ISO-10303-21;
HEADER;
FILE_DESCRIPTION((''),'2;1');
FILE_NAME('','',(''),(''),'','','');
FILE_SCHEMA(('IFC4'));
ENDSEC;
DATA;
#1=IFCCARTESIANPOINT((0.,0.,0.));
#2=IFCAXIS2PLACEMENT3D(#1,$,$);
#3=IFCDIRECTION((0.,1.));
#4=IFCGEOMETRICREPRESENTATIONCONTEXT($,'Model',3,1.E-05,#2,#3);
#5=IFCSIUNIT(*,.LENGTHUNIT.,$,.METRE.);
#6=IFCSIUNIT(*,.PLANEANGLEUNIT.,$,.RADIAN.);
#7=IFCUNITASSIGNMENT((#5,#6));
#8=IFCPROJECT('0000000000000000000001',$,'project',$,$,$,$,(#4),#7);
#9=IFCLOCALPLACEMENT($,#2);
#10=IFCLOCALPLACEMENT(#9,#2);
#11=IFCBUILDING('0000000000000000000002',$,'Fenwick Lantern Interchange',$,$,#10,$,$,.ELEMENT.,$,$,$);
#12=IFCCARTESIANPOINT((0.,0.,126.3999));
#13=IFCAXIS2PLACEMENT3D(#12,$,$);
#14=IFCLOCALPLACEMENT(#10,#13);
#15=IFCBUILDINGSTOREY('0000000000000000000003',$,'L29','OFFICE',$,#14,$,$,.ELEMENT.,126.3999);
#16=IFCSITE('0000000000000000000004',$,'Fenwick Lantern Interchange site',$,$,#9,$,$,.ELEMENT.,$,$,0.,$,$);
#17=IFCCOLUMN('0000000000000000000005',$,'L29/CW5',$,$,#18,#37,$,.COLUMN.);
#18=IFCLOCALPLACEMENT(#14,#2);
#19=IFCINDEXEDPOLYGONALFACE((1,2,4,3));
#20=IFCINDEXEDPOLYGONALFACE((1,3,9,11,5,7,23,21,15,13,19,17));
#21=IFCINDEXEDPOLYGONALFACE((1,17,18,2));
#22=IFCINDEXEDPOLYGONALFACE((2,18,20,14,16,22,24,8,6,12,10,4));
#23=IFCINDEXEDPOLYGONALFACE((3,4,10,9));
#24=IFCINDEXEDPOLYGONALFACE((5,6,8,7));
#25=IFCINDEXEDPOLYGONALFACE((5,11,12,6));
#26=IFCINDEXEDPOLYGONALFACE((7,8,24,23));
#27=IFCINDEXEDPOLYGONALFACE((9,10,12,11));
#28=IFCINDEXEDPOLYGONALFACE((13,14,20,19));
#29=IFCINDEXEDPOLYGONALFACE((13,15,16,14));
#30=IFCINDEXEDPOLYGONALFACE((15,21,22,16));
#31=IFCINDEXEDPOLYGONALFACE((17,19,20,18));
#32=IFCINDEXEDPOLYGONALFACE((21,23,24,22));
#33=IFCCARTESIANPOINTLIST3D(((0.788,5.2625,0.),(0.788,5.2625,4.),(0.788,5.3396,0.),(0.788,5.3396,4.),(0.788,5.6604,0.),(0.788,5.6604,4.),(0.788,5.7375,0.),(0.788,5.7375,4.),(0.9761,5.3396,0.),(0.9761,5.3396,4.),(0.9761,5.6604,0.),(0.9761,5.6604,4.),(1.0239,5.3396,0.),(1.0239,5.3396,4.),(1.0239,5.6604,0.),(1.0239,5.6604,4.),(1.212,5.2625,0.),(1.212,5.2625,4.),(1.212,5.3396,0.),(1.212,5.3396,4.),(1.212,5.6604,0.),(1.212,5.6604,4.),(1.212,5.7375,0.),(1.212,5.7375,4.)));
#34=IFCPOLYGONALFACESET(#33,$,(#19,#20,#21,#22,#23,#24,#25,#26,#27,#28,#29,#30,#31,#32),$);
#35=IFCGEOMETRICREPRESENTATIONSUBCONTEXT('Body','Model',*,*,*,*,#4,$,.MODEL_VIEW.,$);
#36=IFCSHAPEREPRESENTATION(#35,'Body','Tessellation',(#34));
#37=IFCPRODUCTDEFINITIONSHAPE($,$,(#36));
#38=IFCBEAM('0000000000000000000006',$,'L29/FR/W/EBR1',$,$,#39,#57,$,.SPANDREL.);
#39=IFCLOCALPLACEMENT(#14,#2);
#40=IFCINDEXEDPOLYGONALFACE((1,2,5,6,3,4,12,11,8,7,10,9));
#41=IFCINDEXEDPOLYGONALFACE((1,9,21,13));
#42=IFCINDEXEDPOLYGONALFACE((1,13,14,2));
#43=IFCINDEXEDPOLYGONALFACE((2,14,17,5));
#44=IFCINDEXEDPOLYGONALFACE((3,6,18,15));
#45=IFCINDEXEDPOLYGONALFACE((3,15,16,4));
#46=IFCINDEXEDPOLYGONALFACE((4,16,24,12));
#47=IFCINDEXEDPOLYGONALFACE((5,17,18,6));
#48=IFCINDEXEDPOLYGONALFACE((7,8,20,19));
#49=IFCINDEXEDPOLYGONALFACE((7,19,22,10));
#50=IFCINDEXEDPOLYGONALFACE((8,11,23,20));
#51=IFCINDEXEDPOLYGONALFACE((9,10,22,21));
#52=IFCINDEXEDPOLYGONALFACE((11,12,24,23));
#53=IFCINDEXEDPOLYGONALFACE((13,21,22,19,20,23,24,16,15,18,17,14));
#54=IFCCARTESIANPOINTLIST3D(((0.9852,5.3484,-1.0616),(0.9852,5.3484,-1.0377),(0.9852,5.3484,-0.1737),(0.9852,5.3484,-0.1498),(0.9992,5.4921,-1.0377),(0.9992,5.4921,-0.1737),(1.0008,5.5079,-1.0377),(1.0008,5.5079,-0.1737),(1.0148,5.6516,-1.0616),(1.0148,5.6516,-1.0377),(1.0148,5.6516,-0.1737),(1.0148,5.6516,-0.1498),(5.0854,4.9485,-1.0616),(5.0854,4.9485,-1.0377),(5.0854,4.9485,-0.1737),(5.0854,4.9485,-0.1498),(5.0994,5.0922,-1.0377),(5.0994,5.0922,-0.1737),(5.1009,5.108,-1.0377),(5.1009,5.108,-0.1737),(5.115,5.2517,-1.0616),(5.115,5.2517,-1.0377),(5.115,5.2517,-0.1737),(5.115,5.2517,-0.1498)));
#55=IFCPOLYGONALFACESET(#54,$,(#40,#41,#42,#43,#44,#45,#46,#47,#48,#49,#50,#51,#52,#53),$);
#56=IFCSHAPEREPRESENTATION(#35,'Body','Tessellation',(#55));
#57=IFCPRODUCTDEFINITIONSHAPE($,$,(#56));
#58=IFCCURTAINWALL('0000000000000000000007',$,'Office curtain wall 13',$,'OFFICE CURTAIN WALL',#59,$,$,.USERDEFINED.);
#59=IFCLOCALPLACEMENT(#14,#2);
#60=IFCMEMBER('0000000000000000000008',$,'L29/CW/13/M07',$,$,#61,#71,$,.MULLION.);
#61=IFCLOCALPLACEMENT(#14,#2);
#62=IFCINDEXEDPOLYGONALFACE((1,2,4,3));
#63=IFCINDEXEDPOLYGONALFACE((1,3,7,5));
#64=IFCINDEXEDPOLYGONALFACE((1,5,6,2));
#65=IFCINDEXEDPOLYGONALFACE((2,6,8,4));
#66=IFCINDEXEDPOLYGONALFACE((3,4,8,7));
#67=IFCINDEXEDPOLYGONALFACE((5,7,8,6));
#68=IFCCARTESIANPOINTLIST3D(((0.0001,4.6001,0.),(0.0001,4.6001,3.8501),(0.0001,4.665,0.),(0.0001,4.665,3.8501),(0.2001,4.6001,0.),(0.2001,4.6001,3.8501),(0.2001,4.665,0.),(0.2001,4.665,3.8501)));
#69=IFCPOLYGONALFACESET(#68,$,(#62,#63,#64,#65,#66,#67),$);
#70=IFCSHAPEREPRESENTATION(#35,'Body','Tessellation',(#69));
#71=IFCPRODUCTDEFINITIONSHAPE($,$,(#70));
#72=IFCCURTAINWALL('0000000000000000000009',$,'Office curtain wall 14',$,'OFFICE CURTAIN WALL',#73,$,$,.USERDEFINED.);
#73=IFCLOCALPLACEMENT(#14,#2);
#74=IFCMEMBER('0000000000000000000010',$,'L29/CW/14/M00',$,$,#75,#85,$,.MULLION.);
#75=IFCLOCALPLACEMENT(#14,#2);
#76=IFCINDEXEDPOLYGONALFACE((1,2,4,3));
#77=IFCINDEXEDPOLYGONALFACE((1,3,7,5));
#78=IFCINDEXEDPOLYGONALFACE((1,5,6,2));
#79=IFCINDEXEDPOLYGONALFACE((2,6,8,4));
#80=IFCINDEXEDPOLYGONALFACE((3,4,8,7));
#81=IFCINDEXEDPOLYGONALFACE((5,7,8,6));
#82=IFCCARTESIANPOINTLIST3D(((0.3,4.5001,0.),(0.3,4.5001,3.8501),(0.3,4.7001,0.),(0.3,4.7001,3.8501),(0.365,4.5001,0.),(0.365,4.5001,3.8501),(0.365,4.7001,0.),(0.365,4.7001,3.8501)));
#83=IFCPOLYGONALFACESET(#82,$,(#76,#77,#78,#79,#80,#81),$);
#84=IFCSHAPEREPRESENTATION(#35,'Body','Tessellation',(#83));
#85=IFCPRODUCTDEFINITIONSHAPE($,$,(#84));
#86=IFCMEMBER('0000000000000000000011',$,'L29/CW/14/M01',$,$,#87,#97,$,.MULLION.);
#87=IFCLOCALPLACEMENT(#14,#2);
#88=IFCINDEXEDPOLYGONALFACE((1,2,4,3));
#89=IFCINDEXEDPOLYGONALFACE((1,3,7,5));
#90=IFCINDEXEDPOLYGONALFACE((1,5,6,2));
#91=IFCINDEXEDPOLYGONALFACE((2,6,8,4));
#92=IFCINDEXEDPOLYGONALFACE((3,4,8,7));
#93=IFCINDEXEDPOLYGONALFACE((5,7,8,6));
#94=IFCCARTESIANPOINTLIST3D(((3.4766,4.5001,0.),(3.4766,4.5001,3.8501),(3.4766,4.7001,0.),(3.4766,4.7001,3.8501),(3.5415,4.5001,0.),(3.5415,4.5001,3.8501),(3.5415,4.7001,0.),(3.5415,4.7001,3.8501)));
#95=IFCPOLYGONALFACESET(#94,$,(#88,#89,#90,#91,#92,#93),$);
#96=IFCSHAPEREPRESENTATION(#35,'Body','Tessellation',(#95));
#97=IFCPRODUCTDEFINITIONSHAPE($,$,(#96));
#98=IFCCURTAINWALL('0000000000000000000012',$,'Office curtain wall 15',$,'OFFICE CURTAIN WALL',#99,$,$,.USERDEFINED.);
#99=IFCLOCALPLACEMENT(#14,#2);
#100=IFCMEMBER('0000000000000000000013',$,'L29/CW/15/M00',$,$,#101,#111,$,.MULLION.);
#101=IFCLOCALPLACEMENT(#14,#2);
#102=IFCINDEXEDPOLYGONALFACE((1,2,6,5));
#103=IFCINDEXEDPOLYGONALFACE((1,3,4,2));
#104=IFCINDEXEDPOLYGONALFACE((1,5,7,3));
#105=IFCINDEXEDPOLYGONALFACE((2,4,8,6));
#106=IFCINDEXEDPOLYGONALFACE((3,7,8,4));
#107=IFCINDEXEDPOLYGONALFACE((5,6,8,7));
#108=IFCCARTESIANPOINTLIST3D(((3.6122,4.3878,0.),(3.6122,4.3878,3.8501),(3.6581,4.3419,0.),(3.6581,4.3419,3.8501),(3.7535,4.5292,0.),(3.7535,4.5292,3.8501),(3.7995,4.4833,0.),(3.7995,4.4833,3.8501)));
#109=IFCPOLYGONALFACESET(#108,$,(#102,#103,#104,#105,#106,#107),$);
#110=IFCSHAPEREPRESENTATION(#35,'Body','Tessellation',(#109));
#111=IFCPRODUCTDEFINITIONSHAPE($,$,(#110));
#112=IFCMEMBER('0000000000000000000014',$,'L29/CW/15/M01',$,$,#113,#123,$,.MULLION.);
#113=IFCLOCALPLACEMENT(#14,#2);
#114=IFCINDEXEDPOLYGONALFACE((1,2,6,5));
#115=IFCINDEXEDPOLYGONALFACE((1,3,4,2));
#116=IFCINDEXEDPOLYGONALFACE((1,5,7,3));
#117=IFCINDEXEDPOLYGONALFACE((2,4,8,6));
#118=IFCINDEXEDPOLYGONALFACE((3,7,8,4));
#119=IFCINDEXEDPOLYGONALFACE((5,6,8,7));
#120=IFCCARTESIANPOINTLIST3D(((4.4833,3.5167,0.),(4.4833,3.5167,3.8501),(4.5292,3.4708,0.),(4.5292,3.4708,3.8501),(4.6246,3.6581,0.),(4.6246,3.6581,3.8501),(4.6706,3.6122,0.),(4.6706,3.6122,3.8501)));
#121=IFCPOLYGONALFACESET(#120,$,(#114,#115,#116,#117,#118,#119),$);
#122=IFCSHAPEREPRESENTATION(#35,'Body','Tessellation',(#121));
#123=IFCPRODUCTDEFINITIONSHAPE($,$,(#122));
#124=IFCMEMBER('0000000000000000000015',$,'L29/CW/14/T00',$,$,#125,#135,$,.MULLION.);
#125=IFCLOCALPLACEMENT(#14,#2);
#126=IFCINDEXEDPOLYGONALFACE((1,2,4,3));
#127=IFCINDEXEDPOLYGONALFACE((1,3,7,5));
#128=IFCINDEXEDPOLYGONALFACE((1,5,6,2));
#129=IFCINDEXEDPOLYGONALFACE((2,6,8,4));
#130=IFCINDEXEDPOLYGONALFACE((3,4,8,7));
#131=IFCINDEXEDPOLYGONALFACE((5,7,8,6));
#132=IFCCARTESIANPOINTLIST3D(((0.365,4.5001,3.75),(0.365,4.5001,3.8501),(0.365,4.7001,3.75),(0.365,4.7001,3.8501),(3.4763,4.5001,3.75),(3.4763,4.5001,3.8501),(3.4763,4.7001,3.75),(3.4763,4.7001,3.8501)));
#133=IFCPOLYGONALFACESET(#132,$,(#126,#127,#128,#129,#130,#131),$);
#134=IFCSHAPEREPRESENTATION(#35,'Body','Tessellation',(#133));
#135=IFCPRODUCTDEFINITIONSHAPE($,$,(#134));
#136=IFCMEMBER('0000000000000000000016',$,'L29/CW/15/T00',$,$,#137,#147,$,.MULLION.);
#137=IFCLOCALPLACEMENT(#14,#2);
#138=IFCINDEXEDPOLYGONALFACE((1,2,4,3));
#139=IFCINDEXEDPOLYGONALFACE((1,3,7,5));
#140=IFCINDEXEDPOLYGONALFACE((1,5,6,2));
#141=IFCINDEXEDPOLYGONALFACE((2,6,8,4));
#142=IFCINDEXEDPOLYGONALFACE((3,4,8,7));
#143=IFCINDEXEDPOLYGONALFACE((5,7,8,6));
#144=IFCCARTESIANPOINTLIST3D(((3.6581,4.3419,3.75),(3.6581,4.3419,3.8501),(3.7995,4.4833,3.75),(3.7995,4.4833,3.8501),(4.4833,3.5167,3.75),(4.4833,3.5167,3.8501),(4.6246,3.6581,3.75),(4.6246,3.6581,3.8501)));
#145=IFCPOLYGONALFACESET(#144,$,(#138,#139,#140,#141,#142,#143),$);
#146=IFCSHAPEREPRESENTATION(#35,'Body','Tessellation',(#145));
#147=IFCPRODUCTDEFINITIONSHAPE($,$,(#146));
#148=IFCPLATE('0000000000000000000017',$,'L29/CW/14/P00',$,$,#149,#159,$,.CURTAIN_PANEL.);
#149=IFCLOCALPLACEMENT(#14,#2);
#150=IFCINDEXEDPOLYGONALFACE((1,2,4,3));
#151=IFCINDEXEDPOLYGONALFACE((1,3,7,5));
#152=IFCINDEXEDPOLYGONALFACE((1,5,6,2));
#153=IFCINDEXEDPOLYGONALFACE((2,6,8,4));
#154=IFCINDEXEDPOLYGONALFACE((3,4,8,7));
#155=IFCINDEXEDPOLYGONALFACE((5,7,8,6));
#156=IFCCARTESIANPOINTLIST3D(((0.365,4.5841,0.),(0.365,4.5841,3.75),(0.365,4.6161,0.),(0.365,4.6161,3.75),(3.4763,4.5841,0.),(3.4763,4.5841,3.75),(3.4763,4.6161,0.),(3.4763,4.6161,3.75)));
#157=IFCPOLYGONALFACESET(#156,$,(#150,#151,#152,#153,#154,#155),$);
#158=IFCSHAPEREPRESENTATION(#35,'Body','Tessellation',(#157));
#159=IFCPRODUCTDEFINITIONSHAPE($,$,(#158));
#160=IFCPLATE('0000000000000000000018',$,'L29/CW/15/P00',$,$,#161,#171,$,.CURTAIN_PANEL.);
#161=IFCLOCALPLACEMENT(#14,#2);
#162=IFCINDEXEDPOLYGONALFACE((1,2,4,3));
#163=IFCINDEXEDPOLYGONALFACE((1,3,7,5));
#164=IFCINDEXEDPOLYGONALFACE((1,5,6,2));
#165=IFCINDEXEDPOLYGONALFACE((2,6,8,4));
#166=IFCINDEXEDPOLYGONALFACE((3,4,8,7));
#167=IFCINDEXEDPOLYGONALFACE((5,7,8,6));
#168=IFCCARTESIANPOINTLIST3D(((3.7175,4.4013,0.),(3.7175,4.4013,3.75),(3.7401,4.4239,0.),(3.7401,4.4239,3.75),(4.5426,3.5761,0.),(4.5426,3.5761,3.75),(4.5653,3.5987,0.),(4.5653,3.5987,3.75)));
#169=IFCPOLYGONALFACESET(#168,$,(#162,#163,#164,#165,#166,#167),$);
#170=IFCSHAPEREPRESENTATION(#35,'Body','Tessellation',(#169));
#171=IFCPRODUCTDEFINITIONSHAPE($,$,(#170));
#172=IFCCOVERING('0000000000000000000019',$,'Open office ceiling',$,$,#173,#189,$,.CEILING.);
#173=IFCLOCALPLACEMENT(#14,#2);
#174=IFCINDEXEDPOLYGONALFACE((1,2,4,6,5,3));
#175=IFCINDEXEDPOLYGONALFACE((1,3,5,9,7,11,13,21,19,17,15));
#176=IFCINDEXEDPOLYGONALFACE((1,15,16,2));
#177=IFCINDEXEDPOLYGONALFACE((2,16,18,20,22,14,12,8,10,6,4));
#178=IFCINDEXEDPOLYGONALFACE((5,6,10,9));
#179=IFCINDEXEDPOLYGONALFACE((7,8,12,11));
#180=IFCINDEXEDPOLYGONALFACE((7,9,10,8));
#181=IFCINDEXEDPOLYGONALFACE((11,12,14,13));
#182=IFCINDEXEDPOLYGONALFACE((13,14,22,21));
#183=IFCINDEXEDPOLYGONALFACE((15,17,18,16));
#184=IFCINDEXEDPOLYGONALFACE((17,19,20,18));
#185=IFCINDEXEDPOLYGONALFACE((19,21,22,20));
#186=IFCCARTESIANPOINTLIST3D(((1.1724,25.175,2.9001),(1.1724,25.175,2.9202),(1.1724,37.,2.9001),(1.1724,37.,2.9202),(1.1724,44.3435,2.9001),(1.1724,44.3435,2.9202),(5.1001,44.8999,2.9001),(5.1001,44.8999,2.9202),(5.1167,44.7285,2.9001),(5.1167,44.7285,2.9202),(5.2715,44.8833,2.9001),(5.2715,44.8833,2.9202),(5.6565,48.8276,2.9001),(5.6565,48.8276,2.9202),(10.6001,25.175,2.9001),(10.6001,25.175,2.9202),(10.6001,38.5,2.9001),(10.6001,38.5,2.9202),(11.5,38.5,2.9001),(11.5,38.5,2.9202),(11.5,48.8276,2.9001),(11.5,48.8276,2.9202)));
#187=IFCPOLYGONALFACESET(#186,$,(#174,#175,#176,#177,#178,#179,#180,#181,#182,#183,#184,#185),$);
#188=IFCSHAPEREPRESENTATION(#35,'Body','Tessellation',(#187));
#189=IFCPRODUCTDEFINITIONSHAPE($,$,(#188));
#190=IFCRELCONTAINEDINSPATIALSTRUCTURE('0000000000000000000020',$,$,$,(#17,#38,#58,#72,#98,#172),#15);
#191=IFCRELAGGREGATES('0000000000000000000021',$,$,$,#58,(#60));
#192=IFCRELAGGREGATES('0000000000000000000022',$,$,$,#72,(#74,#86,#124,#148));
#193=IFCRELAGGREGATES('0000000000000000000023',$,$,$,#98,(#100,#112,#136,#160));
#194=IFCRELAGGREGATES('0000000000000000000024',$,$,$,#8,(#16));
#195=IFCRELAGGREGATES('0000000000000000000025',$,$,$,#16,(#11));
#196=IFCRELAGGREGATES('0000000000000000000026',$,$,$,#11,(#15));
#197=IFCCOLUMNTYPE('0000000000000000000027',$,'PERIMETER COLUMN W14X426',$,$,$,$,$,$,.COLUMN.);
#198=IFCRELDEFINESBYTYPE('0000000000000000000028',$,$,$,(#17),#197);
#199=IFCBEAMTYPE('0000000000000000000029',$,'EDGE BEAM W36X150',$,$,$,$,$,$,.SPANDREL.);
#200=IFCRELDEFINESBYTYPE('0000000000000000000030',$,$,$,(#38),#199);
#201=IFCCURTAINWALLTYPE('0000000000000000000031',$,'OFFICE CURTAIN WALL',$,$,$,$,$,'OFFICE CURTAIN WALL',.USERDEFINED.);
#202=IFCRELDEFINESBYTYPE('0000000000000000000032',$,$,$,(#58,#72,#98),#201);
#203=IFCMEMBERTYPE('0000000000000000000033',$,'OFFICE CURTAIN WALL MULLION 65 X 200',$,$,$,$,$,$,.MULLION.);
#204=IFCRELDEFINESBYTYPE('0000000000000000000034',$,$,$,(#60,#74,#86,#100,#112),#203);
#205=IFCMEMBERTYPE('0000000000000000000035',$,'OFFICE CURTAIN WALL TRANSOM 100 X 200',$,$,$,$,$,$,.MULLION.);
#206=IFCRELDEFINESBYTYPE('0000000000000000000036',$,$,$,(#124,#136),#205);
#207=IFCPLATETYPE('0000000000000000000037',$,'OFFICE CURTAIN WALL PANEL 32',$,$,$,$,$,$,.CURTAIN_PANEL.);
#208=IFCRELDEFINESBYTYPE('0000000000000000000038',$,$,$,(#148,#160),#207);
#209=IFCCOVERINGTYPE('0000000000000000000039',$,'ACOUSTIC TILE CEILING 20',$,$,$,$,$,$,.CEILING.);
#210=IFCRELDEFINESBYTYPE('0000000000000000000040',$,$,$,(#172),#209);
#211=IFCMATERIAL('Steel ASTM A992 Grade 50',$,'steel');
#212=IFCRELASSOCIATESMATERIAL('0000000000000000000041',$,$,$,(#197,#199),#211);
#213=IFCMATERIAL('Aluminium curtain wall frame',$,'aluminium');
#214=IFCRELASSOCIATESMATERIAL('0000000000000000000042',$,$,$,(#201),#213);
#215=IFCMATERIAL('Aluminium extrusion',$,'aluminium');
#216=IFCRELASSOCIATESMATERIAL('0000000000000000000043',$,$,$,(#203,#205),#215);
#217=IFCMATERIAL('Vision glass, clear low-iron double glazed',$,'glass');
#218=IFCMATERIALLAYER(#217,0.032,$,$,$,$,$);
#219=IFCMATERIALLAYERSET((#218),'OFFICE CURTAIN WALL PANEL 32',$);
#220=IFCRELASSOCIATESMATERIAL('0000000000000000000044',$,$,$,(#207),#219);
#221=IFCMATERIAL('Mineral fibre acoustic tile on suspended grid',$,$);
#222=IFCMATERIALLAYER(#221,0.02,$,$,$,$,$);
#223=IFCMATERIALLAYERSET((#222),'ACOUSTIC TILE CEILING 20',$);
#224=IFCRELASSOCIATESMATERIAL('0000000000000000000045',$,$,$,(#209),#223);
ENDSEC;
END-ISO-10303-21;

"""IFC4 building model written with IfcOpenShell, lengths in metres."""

from ifc_helpers import new_model, si_unit, direction, frame, origin, origin_2d, place, context, subcontext, project, spatial, polyline, rectangle, i_section, outline, extrude, material, layer, layer_set, material_profile, profile_set, type_object, element, aggregate, save


model = new_model("IFC4")

# Units and contexts
model_context = context("Model", 3, precision=1e-05, world=origin(), true_north=direction((0.0, 1.0)))
body_context = subcontext(model_context, "Body", "Model", "MODEL_VIEW")
ifc_project = project(units=[si_unit("LENGTHUNIT", "METRE"), si_unit("PLANEANGLEUNIT", "RADIAN")], contexts=[model_context])

# Site, building, storey
site_placement = place(None, origin())
site = spatial("IfcSite", under=ifc_project, at=site_placement, Name="Fenwick Lantern Interchange site", CompositionType="ELEMENT", RefElevation=0.0)
building_placement = place(site_placement, origin())
building = spatial("IfcBuilding", under=site, at=building_placement, Name="Fenwick Lantern Interchange", CompositionType="ELEMENT")
storey_placement = place(building_placement, frame((0.0, 0.0, 126.3999)))
storey = spatial("IfcBuildingStorey", under=building, at=storey_placement, Name="L29", Description="OFFICE", CompositionType="ELEMENT", Elevation=126.3999)

# Column
ifc_material_1 = material(Name="Steel ASTM A992 Grade 50", Category="steel")
ifc_material_profile_1 = material_profile(ifc_material_1, i_section(OverallWidth=0.4241, OverallDepth=0.4751, WebThickness=0.0479, FlangeThickness=0.0771, at=origin_2d()), Name="W14X426")
ifc_profile_set_1 = profile_set([ifc_material_profile_1], Name="Steel ASTM A992 Grade 50")
column_type = type_object("IfcColumnType", Name="PERIMETER COLUMN W14X426", PredefinedType="COLUMN", material=ifc_profile_set_1)
column_placement = place(storey_placement, frame((1.0, 5.5, 0.0), z_axis=(0.0, 0.0, 1.0), x_axis=(1.0, 0.0, 0.0)))
element("IfcColumn", 1, at=column_placement, inside=storey, type_object=column_type, Name="L29/CW5", PredefinedType="COLUMN", context=body_context, shape_type="SweptSolid", body=[
    extrude(i_section(OverallWidth=0.4241, OverallDepth=0.4751, WebThickness=0.0479, FlangeThickness=0.0771, at=origin_2d()), origin(), (0.0, 0.0, 1.0), 4.0),
])

# Beam
ifc_material_profile_2 = material_profile(ifc_material_1, i_section(OverallWidth=0.3047, OverallDepth=0.9119, WebThickness=0.0159, FlangeThickness=0.0239, at=origin_2d()), Name="W36X150")
ifc_profile_set_2 = profile_set([ifc_material_profile_2], Name="Steel ASTM A992 Grade 50")
beam_type = type_object("IfcBeamType", Name="EDGE BEAM W36X150", PredefinedType="SPANDREL", material=ifc_profile_set_2)
beam_placement = place(storey_placement, frame((1.0, 5.5, -0.6057), z_axis=(0.995277, -0.097074, 0.0), x_axis=(0.097074, 0.995277, 0.0)))
element("IfcBeam", 2, at=beam_placement, inside=storey, type_object=beam_type, Name="L29/FR/W/EBR1", PredefinedType="SPANDREL", context=body_context, shape_type="SweptSolid", body=[
    extrude(i_section(OverallWidth=0.3047, OverallDepth=0.9119, WebThickness=0.0159, FlangeThickness=0.0239, at=origin_2d()), origin(), (0.0, 0.0, 1.0), 4.1196),
])

# Curtain wall, member
ifc_material_2 = material(Name="Aluminium curtain wall frame", Category="aluminium")
curtain_wall_type = type_object("IfcCurtainWallType", Name="OFFICE CURTAIN WALL", ElementType="OFFICE CURTAIN WALL", PredefinedType="USERDEFINED", material=ifc_material_2)
curtain_wall_1_placement = place(storey_placement, origin())
curtain_wall_1 = element("IfcCurtainWall", 3, at=curtain_wall_1_placement, inside=storey, type_object=curtain_wall_type, Name="Office curtain wall 13", ObjectType="OFFICE CURTAIN WALL", PredefinedType="USERDEFINED")
ifc_material_3 = material(Name="Aluminium extrusion", Category="aluminium")
ifc_material_profile_3 = material_profile(ifc_material_3, rectangle(XDim=0.2, YDim=0.0649, at=origin_2d()), Name="OFFICE CURTAIN WALL MULLION 65 X 200")
ifc_profile_set_3 = profile_set([ifc_material_profile_3], Name="Aluminium extrusion")
member_type_1 = type_object("IfcMemberType", Name="OFFICE CURTAIN WALL MULLION 65 X 200", PredefinedType="MULLION", material=ifc_profile_set_3)
member_1_placement = place(storey_placement, frame((0.1001, 4.6326, 0.0), z_axis=(0.0, 0.0, 1.0), x_axis=(1.0, 0.0, 0.0)))
member_1 = element("IfcMember", 4, at=member_1_placement, type_object=member_type_1, Name="L29/CW/13/M07", PredefinedType="MULLION", context=body_context, shape_type="SweptSolid", body=[
    extrude(rectangle(XDim=0.2, YDim=0.0649, at=origin_2d()), origin(), (0.0, 0.0, 1.0), 3.8501),
])
aggregate(curtain_wall_1, [member_1])

# Curtain walls, members
curtain_wall_2_placement = place(storey_placement, origin())
curtain_wall_2 = element("IfcCurtainWall", 5, at=curtain_wall_2_placement, inside=storey, type_object=curtain_wall_type, Name="Office curtain wall 14", ObjectType="OFFICE CURTAIN WALL", PredefinedType="USERDEFINED")
member_2_placement = place(storey_placement, frame((0.3325, 4.6001, 0.0), z_axis=(0.0, 0.0, 1.0), x_axis=(0.0, 1.0, 0.0)))
member_2 = element("IfcMember", 6, at=member_2_placement, type_object=member_type_1, Name="L29/CW/14/M00", PredefinedType="MULLION", context=body_context, shape_type="SweptSolid", body=[
    extrude(rectangle(XDim=0.2, YDim=0.0649, at=origin_2d()), origin(), (0.0, 0.0, 1.0), 3.8501),
])
member_3_placement = place(storey_placement, frame((3.509, 4.6001, 0.0), z_axis=(0.0, 0.0, 1.0), x_axis=(0.0, 1.0, 0.0)))
member_3 = element("IfcMember", 7, at=member_3_placement, type_object=member_type_1, Name="L29/CW/14/M01", PredefinedType="MULLION", context=body_context, shape_type="SweptSolid", body=[
    extrude(rectangle(XDim=0.2, YDim=0.0649, at=origin_2d()), origin(), (0.0, 0.0, 1.0), 3.8501),
])
curtain_wall_3_placement = place(storey_placement, origin())
curtain_wall_3 = element("IfcCurtainWall", 8, at=curtain_wall_3_placement, inside=storey, type_object=curtain_wall_type, Name="Office curtain wall 15", ObjectType="OFFICE CURTAIN WALL", PredefinedType="USERDEFINED")
member_4_placement = place(storey_placement, frame((3.7058, 4.4355, 0.0), z_axis=(0.0, 0.0, 1.0), x_axis=(0.707107, 0.707107, 0.0)))
member_4 = element("IfcMember", 9, at=member_4_placement, type_object=member_type_1, Name="L29/CW/15/M00", PredefinedType="MULLION", context=body_context, shape_type="SweptSolid", body=[
    extrude(rectangle(XDim=0.2, YDim=0.0649, at=origin_2d()), origin(), (0.0, 0.0, 1.0), 3.8501),
])
member_5_placement = place(storey_placement, frame((4.5769, 3.5645, 0.0), z_axis=(0.0, 0.0, 1.0), x_axis=(0.707107, 0.707107, 0.0)))
member_5 = element("IfcMember", 10, at=member_5_placement, type_object=member_type_1, Name="L29/CW/15/M01", PredefinedType="MULLION", context=body_context, shape_type="SweptSolid", body=[
    extrude(rectangle(XDim=0.2, YDim=0.0649, at=origin_2d()), origin(), (0.0, 0.0, 1.0), 3.8501),
])

# Members
ifc_material_profile_4 = material_profile(ifc_material_3, rectangle(XDim=0.2, YDim=0.1001, at=origin_2d()), Name="OFFICE CURTAIN WALL TRANSOM 100 X 200")
ifc_profile_set_4 = profile_set([ifc_material_profile_4], Name="Aluminium extrusion")
member_type_2 = type_object("IfcMemberType", Name="OFFICE CURTAIN WALL TRANSOM 100 X 200", PredefinedType="MULLION", material=ifc_profile_set_4)
member_6_placement = place(storey_placement, frame((0.365, 4.6001, 3.8), z_axis=(1.0, 0.0, 0.0), x_axis=(0.0, 1.0, 0.0)))
member_6 = element("IfcMember", 11, at=member_6_placement, type_object=member_type_2, Name="L29/CW/14/T00", PredefinedType="MULLION", context=body_context, shape_type="SweptSolid", body=[
    extrude(rectangle(XDim=0.2, YDim=0.1001, at=origin_2d()), origin(), (0.0, 0.0, 1.0), 3.1113),
])
member_7_placement = place(storey_placement, frame((3.7288, 4.4126, 3.8), z_axis=(0.707107, -0.707107, 0.0), x_axis=(0.707107, 0.707107, 0.0)))
member_7 = element("IfcMember", 12, at=member_7_placement, type_object=member_type_2, Name="L29/CW/15/T00", PredefinedType="MULLION", context=body_context, shape_type="SweptSolid", body=[
    extrude(rectangle(XDim=0.2, YDim=0.1001, at=origin_2d()), origin(), (0.0, 0.0, 1.0), 1.167),
])

# Shared definitions
ifc_material_4 = material(Name="Vision glass, clear low-iron double glazed", Category="glass")
ifc_layer_1 = layer(ifc_material_4, 0.032)
ifc_layer_set_1 = layer_set([ifc_layer_1], Name="OFFICE CURTAIN WALL PANEL 32")
plate_type = type_object("IfcPlateType", Name="OFFICE CURTAIN WALL PANEL 32", PredefinedType="CURTAIN_PANEL", material=ifc_layer_set_1)

# Plates
plate_1_placement = place(storey_placement, frame((1.9207, 4.6001, 0.0), z_axis=(0.0, 0.0, 1.0), x_axis=(1.0, 0.0, 0.0)))
plate_1 = element("IfcPlate", 13, at=plate_1_placement, type_object=plate_type, Name="L29/CW/14/P00", PredefinedType="CURTAIN_PANEL", context=body_context, shape_type="SweptSolid", body=[
    extrude(rectangle(XDim=3.1113, YDim=0.032, at=origin_2d()), origin(), (0.0, 0.0, 1.0), 3.75),
])
aggregate(curtain_wall_2, [member_2, member_3, member_6, plate_1])
plate_2_placement = place(storey_placement, frame((4.1414, 4.0, 0.0), z_axis=(0.0, 0.0, 1.0), x_axis=(0.707107, -0.707107, 0.0)))
plate_2 = element("IfcPlate", 14, at=plate_2_placement, type_object=plate_type, Name="L29/CW/15/P00", PredefinedType="CURTAIN_PANEL", context=body_context, shape_type="SweptSolid", body=[
    extrude(rectangle(XDim=1.167, YDim=0.032, at=origin_2d()), origin(), (0.0, 0.0, 1.0), 3.75),
])
aggregate(curtain_wall_3, [member_4, member_5, member_7, plate_2])

# Covering
ifc_material_5 = material(Name="Mineral fibre acoustic tile on suspended grid")
ifc_layer_2 = layer(ifc_material_5, 0.02)
ifc_layer_set_2 = layer_set([ifc_layer_2], Name="ACOUSTIC TILE CEILING 20")
covering_type_1 = type_object("IfcCoveringType", Name="ACOUSTIC TILE CEILING 20", PredefinedType="CEILING", material=ifc_layer_set_2)
covering_1_placement = place(storey_placement, frame((0.0, 0.0, 2.9001)))
element("IfcCovering", 15, at=covering_1_placement, inside=storey, type_object=covering_type_1, Name="Open office ceiling", PredefinedType="CEILING", context=body_context, shape_type="SweptSolid", body=[
    extrude(outline(polyline([(11.5, 38.5), (11.5, 48.8276), (5.6565, 48.8276), (5.2715, 44.8833), (5.1001, 44.8999), (5.1167, 44.7285), (1.1724, 44.3435), (1.1724, 37.0), (1.1724, 25.175), (10.6001, 25.175), (10.6001, 38.5), (11.5, 38.5)])), origin(), (0.0, 0.0, 1.0), 0.02),
])

save(model, "model.ifc")
